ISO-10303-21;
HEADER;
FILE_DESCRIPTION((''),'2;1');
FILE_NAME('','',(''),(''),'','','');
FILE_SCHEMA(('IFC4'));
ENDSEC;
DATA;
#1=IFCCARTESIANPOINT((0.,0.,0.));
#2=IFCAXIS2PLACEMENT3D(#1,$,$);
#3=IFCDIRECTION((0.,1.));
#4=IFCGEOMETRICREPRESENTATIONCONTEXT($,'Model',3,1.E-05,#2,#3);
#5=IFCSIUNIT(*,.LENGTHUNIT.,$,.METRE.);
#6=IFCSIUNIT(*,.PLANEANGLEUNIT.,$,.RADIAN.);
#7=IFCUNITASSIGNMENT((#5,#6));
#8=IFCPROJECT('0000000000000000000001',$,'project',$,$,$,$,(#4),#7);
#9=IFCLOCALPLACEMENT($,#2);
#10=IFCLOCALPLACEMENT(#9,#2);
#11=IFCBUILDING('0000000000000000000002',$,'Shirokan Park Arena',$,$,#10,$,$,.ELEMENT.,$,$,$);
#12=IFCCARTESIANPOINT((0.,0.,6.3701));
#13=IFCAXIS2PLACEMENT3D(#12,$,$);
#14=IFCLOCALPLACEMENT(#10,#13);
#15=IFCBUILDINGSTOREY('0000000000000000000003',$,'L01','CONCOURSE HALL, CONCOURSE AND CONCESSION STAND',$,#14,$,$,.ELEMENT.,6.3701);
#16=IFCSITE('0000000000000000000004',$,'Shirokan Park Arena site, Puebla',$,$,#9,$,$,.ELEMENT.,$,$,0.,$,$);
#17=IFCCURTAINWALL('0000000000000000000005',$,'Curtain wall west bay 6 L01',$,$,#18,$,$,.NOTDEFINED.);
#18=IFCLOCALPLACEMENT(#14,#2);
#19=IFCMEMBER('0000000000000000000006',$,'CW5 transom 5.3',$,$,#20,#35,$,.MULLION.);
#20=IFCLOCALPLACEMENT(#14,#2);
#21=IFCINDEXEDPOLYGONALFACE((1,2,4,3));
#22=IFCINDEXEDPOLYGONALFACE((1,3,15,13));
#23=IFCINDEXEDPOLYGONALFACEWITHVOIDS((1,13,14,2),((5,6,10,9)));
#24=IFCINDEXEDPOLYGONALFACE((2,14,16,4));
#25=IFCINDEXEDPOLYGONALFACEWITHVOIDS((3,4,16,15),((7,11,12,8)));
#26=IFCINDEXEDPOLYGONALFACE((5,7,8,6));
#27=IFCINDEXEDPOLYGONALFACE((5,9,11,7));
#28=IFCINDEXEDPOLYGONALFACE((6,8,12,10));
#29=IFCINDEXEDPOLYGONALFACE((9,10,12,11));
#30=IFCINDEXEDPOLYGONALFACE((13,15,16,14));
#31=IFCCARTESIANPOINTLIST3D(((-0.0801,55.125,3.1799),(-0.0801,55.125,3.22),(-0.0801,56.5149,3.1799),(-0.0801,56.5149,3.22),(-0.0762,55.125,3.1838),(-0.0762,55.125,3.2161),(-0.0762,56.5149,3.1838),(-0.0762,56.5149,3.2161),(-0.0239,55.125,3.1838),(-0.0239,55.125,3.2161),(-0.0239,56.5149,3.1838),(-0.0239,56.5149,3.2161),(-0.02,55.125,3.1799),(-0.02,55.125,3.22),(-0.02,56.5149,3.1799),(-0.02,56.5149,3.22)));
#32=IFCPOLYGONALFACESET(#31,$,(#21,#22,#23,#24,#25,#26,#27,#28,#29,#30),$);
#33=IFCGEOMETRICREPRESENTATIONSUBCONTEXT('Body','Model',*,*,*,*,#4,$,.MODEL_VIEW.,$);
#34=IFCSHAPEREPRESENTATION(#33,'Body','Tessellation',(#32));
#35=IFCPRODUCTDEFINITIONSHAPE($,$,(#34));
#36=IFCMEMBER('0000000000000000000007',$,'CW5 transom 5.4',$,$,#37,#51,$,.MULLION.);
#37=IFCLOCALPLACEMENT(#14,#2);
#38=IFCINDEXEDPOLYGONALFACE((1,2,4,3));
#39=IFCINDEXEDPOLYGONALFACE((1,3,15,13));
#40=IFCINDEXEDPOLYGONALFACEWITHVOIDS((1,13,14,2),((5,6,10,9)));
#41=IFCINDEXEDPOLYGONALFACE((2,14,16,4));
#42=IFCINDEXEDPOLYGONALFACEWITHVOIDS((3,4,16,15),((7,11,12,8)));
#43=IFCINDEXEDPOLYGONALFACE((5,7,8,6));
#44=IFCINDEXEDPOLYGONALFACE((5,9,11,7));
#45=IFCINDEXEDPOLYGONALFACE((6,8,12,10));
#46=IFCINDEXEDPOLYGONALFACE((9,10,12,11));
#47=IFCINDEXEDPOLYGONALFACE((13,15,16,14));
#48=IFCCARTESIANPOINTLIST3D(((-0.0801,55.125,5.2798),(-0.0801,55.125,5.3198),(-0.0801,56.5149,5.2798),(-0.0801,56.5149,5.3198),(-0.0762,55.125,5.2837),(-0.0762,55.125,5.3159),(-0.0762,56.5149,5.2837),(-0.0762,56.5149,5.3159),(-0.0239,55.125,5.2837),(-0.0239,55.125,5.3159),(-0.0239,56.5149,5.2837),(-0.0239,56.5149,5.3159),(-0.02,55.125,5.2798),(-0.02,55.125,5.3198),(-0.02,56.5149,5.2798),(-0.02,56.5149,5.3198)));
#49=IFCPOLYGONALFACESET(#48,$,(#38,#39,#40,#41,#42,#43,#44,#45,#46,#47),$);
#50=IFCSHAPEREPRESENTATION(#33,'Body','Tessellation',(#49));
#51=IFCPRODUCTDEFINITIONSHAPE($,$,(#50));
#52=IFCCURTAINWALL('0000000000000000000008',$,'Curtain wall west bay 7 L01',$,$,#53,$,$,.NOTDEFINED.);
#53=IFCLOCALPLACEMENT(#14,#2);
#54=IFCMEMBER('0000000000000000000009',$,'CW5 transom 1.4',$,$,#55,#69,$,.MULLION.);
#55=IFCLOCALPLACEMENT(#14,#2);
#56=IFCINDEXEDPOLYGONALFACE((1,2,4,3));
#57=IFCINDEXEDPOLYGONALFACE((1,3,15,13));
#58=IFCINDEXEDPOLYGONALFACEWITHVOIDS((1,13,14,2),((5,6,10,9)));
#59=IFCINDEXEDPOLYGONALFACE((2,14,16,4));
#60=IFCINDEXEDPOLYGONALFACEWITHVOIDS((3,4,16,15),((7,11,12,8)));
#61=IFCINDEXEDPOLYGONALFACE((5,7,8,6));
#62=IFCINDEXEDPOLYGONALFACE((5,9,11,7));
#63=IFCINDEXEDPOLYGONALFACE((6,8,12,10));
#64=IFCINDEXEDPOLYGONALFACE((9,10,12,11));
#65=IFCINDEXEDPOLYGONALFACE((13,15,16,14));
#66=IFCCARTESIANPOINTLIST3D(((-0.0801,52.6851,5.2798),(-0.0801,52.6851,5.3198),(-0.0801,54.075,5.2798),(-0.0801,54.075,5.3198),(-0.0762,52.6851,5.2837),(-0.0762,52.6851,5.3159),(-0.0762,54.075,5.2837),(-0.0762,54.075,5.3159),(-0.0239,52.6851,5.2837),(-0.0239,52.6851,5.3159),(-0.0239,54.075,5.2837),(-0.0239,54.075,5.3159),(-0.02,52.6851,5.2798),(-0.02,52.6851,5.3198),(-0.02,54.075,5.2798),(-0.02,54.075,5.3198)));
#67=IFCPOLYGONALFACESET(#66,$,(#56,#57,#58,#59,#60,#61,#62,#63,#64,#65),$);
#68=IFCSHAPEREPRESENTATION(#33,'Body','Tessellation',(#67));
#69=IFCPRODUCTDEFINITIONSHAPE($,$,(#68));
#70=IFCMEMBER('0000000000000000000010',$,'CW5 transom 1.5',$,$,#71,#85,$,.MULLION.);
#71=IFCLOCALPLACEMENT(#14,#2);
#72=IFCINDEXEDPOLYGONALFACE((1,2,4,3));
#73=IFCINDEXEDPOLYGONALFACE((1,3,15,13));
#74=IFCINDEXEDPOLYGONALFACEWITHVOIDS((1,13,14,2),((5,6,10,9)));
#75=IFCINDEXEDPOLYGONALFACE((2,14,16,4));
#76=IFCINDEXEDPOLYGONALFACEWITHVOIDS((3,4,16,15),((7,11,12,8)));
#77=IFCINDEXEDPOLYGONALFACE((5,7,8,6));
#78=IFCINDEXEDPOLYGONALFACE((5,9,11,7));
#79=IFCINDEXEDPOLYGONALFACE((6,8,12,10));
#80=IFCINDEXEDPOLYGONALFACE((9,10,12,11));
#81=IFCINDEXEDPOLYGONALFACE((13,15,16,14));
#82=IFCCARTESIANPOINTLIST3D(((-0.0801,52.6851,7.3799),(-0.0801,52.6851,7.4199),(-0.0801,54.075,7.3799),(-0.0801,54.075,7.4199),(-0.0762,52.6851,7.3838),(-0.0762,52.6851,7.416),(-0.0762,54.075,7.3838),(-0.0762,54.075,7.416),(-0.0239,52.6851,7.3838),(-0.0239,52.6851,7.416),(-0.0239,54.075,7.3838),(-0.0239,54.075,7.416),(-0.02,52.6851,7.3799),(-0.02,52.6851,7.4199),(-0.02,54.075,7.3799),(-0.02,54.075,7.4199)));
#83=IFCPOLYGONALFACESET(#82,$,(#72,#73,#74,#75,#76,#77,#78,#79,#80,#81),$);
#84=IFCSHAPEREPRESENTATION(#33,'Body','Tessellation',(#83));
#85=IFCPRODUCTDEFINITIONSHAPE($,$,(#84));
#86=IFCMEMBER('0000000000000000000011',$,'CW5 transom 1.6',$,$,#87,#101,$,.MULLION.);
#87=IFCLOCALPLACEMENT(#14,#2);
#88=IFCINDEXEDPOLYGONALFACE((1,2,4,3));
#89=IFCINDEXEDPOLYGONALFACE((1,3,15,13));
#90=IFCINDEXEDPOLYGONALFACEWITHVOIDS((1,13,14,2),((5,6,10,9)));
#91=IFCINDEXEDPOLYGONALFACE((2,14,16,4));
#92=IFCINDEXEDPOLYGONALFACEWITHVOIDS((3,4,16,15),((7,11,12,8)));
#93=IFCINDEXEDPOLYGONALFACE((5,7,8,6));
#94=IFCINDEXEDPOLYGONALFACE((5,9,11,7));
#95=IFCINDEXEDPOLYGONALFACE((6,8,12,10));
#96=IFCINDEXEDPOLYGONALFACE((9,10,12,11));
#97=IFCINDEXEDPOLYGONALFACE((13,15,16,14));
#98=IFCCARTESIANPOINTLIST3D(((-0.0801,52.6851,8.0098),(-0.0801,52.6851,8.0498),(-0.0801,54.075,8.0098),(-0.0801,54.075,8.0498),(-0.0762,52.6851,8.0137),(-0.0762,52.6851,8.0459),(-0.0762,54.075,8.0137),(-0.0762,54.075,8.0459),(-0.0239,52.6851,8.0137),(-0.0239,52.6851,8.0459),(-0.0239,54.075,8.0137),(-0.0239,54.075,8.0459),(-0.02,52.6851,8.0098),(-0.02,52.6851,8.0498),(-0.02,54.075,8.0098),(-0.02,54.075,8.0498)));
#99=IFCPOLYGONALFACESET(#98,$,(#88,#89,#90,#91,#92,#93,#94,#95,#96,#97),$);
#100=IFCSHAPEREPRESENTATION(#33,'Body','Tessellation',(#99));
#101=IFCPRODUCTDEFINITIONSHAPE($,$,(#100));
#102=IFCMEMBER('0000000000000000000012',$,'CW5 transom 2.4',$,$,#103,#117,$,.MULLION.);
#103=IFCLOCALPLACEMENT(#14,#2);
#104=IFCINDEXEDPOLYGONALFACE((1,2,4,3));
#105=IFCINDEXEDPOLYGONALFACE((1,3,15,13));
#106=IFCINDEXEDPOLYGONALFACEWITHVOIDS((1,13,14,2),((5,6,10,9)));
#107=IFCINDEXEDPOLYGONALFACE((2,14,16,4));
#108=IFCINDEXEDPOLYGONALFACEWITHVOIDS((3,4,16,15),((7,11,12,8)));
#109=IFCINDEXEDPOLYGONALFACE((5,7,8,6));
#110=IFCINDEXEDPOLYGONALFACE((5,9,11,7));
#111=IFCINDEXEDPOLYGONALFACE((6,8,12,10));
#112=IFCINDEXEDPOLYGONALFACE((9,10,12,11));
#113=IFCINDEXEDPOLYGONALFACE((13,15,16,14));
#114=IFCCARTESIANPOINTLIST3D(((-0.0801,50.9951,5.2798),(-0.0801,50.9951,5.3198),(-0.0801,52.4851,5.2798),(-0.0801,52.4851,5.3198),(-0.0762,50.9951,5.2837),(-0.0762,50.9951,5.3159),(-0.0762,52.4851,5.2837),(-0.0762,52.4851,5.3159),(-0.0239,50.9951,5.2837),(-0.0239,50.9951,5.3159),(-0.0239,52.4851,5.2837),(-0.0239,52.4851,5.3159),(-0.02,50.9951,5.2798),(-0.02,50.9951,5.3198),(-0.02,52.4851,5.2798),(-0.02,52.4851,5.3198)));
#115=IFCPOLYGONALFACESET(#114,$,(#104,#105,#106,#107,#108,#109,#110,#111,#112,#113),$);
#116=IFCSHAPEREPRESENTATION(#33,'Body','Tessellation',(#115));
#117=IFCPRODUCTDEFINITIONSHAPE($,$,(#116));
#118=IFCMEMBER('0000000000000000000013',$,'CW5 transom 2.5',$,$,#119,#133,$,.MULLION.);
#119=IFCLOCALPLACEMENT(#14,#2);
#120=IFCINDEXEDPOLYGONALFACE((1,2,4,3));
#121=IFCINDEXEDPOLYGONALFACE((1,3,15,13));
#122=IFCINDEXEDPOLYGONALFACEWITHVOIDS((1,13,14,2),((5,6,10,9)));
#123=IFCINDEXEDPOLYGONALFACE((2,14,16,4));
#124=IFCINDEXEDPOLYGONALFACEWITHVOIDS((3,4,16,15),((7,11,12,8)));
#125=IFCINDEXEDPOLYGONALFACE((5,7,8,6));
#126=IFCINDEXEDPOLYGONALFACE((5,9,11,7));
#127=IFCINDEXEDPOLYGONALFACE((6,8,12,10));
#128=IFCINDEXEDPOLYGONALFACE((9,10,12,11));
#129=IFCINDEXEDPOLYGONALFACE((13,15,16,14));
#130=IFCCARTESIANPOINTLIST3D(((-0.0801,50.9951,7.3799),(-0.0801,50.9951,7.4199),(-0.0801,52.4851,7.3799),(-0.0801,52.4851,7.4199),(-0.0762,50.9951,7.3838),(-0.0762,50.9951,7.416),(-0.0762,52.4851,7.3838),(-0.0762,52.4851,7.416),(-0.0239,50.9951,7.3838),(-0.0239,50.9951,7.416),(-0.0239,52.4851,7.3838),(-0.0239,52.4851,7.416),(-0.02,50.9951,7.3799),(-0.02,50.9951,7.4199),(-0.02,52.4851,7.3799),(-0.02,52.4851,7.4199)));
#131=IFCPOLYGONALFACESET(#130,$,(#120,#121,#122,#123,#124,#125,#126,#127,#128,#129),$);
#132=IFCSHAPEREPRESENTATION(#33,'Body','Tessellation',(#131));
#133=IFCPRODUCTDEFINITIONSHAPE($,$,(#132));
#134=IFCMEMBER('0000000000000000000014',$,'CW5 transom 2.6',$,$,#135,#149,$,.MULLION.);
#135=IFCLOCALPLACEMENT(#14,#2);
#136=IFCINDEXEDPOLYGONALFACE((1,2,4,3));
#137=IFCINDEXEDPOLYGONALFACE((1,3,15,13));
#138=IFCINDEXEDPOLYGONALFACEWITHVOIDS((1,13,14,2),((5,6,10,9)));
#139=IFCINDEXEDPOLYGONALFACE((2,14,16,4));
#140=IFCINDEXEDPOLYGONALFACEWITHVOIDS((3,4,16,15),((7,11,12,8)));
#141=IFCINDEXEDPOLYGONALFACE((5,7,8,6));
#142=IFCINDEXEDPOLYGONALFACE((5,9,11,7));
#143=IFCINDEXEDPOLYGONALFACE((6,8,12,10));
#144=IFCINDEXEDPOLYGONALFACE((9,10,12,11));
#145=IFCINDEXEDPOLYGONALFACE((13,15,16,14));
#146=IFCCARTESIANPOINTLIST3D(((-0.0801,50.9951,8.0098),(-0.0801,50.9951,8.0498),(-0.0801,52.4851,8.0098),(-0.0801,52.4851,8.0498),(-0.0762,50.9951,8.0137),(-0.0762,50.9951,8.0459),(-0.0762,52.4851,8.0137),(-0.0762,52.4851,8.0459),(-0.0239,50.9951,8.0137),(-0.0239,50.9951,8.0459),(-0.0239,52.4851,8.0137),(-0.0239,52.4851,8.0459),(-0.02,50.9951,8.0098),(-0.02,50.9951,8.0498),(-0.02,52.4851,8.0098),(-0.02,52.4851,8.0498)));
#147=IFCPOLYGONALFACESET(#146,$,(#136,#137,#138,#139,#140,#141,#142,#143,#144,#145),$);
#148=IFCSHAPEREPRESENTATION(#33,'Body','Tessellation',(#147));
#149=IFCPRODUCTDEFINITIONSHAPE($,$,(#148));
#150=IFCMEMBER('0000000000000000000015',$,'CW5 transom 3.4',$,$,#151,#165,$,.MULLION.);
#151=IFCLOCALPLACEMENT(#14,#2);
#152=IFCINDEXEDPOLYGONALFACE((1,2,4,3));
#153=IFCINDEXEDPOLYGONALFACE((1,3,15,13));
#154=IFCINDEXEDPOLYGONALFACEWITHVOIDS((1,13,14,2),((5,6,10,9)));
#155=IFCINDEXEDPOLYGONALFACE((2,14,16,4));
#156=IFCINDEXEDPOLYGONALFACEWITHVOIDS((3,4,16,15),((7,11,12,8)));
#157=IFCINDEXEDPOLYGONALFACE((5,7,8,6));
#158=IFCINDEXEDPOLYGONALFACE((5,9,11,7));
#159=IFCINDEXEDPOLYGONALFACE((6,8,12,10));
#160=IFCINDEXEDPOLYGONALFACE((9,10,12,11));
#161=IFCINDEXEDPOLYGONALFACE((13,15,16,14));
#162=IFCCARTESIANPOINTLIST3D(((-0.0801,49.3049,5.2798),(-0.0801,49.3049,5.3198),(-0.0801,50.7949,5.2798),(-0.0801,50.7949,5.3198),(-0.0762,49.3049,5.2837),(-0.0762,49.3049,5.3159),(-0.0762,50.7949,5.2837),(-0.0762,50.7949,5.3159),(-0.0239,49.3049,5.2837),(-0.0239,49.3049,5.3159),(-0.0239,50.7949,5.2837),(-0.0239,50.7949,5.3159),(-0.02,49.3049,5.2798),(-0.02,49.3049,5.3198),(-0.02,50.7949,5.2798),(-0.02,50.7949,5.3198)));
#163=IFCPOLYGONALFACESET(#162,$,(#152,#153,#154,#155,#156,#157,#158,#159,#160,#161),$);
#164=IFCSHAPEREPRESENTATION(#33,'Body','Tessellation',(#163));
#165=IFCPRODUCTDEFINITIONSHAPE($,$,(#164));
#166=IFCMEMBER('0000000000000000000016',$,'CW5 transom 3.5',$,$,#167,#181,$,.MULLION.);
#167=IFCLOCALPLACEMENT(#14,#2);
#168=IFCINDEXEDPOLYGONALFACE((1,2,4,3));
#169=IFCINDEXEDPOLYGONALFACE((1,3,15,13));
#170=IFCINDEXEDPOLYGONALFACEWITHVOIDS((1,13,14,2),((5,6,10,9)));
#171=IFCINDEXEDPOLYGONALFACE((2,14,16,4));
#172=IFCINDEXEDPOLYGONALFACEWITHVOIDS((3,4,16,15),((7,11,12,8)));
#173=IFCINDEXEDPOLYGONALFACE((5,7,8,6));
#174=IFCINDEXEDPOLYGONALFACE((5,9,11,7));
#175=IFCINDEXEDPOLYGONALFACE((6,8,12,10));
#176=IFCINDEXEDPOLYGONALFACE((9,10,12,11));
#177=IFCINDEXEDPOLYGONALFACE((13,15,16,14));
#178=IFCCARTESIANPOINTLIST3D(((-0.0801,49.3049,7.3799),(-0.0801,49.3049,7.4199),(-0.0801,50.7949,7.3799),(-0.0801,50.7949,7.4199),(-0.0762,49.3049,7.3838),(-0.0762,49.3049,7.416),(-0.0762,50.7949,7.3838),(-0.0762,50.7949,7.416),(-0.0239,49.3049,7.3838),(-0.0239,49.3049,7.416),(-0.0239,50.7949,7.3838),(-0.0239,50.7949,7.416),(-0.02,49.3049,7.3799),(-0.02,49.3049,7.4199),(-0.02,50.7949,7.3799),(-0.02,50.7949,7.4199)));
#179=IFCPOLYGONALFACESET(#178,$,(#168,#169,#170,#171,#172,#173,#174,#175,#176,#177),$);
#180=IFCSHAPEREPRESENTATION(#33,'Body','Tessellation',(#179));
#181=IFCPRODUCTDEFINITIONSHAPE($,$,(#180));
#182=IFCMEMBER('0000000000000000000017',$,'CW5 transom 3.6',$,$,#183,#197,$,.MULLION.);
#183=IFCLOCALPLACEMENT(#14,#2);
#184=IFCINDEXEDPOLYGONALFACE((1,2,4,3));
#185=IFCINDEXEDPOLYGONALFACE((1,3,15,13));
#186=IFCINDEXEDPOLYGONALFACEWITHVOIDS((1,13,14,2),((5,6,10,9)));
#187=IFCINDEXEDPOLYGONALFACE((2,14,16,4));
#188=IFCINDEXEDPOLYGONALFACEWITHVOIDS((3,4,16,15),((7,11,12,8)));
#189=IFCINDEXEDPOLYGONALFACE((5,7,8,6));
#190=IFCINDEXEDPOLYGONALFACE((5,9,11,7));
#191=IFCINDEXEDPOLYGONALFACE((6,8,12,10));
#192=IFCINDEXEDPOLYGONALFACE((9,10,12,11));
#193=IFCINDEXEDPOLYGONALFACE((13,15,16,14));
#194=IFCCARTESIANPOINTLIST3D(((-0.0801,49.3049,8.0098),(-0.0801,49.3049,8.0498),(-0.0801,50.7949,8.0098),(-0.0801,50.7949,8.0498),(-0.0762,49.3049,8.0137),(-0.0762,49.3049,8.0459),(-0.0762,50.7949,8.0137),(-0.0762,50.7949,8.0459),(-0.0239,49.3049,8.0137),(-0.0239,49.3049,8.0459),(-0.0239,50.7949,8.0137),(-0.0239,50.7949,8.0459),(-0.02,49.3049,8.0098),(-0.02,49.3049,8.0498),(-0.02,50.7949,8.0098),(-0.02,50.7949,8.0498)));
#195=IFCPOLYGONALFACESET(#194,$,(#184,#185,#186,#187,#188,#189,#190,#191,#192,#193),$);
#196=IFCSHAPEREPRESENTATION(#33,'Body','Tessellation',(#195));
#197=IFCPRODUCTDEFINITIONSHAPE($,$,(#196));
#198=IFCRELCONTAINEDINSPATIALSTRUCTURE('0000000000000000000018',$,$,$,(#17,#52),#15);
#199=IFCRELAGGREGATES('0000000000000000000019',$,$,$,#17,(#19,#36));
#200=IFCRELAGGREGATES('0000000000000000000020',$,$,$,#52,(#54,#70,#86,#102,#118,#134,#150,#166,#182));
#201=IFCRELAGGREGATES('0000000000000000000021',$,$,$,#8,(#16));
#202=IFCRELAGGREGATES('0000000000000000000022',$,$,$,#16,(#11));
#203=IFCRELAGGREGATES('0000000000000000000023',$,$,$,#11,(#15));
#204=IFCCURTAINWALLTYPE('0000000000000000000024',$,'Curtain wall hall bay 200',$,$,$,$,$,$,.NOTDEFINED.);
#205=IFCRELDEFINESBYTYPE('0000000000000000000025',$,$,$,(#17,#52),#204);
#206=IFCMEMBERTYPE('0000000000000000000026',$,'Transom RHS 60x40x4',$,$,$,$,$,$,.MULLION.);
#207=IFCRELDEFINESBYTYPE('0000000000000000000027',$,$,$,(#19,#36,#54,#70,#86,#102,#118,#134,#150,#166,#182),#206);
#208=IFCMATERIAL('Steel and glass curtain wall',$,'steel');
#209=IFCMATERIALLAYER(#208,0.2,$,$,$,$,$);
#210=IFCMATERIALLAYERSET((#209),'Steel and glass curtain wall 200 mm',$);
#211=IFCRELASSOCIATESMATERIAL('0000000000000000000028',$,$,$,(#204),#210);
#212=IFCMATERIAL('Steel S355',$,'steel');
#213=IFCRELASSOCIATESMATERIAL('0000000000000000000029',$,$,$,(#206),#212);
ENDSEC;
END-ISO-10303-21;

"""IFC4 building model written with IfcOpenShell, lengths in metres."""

from ifc_helpers import new_model, si_unit, direction, frame, origin, origin_2d, place, context, subcontext, project, spatial, hollow_rectangle, extrude, material, layer, layer_set, material_profile, profile_set, type_object, element, aggregate, save


model = new_model("IFC4")

# Units and contexts
model_context = context("Model", 3, precision=1e-05, world=origin(), true_north=direction((0.0, 1.0)))
body_context = subcontext(model_context, "Body", "Model", "MODEL_VIEW")
ifc_project = project(units=[si_unit("LENGTHUNIT", "METRE"), si_unit("PLANEANGLEUNIT", "RADIAN")], contexts=[model_context])

# Site, building, storey
site_placement = place(None, origin())
site = spatial("IfcSite", under=ifc_project, at=site_placement, Name="Shirokan Park Arena site, Puebla", CompositionType="ELEMENT", RefElevation=0.0)
building_placement = place(site_placement, origin())
building = spatial("IfcBuilding", under=site, at=building_placement, Name="Shirokan Park Arena", CompositionType="ELEMENT")
storey_placement = place(building_placement, frame((0.0, 0.0, 6.3701)))
storey = spatial("IfcBuildingStorey", under=building, at=storey_placement, Name="L01", Description="CONCOURSE HALL, CONCOURSE AND CONCESSION STAND", CompositionType="ELEMENT", Elevation=6.3701)

# Curtain walls, members
ifc_material_1 = material(Name="Steel and glass curtain wall", Category="steel")
ifc_layer_1 = layer(ifc_material_1, 0.2)
ifc_layer_set_1 = layer_set([ifc_layer_1], Name="Steel and glass curtain wall 200 mm")
curtain_wall_type = type_object("IfcCurtainWallType", Name="Curtain wall hall bay 200", PredefinedType="NOTDEFINED", material=ifc_layer_set_1)
curtain_wall_1_placement = place(storey_placement, origin())
curtain_wall_1 = element("IfcCurtainWall", 1, at=curtain_wall_1_placement, inside=storey, type_object=curtain_wall_type, Name="Curtain wall west bay 6 L01", PredefinedType="NOTDEFINED")
ifc_material_2 = material(Name="Steel S355", Category="steel")
ifc_material_profile = material_profile(ifc_material_2, hollow_rectangle(XDim=0.0601, YDim=0.04, WallThickness=0.0039, at=origin_2d()), Name="RHS 60x40x4")
ifc_profile_set = profile_set([ifc_material_profile], Name="Steel S355")
member_type = type_object("IfcMemberType", Name="Transom RHS 60x40x4", PredefinedType="MULLION", material=ifc_profile_set)
member_1_placement = place(storey_placement, frame((-0.05, 56.5149, 3.2), z_axis=(0.0, -1.0, 0.0), x_axis=(1.0, 0.0, 0.0)))
member_1 = element("IfcMember", 2, at=member_1_placement, type_object=member_type, Name="CW5 transom 5.3", PredefinedType="MULLION", context=body_context, shape_type="SweptSolid", body=[
    extrude(hollow_rectangle(XDim=0.0601, YDim=0.04, WallThickness=0.0039, at=origin_2d()), origin(), (0.0, 0.0, 1.0), 1.3899),
])
member_2_placement = place(storey_placement, frame((-0.05, 56.5149, 5.2998), z_axis=(0.0, -1.0, 0.0), x_axis=(1.0, 0.0, 0.0)))
member_2 = element("IfcMember", 3, at=member_2_placement, type_object=member_type, Name="CW5 transom 5.4", PredefinedType="MULLION", context=body_context, shape_type="SweptSolid", body=[
    extrude(hollow_rectangle(XDim=0.0601, YDim=0.04, WallThickness=0.0039, at=origin_2d()), origin(), (0.0, 0.0, 1.0), 1.3899),
])
curtain_wall_2_placement = place(storey_placement, origin())
curtain_wall_2 = element("IfcCurtainWall", 4, at=curtain_wall_2_placement, inside=storey, type_object=curtain_wall_type, Name="Curtain wall west bay 7 L01", PredefinedType="NOTDEFINED")
member_3_placement = place(storey_placement, frame((-0.05, 54.075, 5.2998), z_axis=(0.0, -1.0, 0.0), x_axis=(1.0, 0.0, 0.0)))
member_3 = element("IfcMember", 5, at=member_3_placement, type_object=member_type, Name="CW5 transom 1.4", PredefinedType="MULLION", context=body_context, shape_type="SweptSolid", body=[
    extrude(hollow_rectangle(XDim=0.0601, YDim=0.04, WallThickness=0.0039, at=origin_2d()), origin(), (0.0, 0.0, 1.0), 1.3899),
])
member_4_placement = place(storey_placement, frame((-0.05, 54.075, 7.3999), z_axis=(0.0, -1.0, 0.0), x_axis=(1.0, 0.0, 0.0)))
member_4 = element("IfcMember", 6, at=member_4_placement, type_object=member_type, Name="CW5 transom 1.5", PredefinedType="MULLION", context=body_context, shape_type="SweptSolid", body=[
    extrude(hollow_rectangle(XDim=0.0601, YDim=0.04, WallThickness=0.0039, at=origin_2d()), origin(), (0.0, 0.0, 1.0), 1.3899),
])
member_5_placement = place(storey_placement, frame((-0.05, 54.075, 8.0298), z_axis=(0.0, -1.0, 0.0), x_axis=(1.0, 0.0, 0.0)))
member_5 = element("IfcMember", 7, at=member_5_placement, type_object=member_type, Name="CW5 transom 1.6", PredefinedType="MULLION", context=body_context, shape_type="SweptSolid", body=[
    extrude(hollow_rectangle(XDim=0.0601, YDim=0.04, WallThickness=0.0039, at=origin_2d()), origin(), (0.0, 0.0, 1.0), 1.3899),
])
member_6_placement = place(storey_placement, frame((-0.05, 52.4851, 5.2998), z_axis=(0.0, -1.0, 0.0), x_axis=(1.0, 0.0, 0.0)))
member_6 = element("IfcMember", 8, at=member_6_placement, type_object=member_type, Name="CW5 transom 2.4", PredefinedType="MULLION", context=body_context, shape_type="SweptSolid", body=[
    extrude(hollow_rectangle(XDim=0.0601, YDim=0.04, WallThickness=0.0039, at=origin_2d()), origin(), (0.0, 0.0, 1.0), 1.49),
])
member_7_placement = place(storey_placement, frame((-0.05, 52.4851, 7.3999), z_axis=(0.0, -1.0, 0.0), x_axis=(1.0, 0.0, 0.0)))
member_7 = element("IfcMember", 9, at=member_7_placement, type_object=member_type, Name="CW5 transom 2.5", PredefinedType="MULLION", context=body_context, shape_type="SweptSolid", body=[
    extrude(hollow_rectangle(XDim=0.0601, YDim=0.04, WallThickness=0.0039, at=origin_2d()), origin(), (0.0, 0.0, 1.0), 1.49),
])
member_8_placement = place(storey_placement, frame((-0.05, 52.4851, 8.0298), z_axis=(0.0, -1.0, 0.0), x_axis=(1.0, 0.0, 0.0)))
member_8 = element("IfcMember", 10, at=member_8_placement, type_object=member_type, Name="CW5 transom 2.6", PredefinedType="MULLION", context=body_context, shape_type="SweptSolid", body=[
    extrude(hollow_rectangle(XDim=0.0601, YDim=0.04, WallThickness=0.0039, at=origin_2d()), origin(), (0.0, 0.0, 1.0), 1.49),
])
member_9_placement = place(storey_placement, frame((-0.05, 50.7949, 5.2998), z_axis=(0.0, -1.0, 0.0), x_axis=(1.0, 0.0, 0.0)))
member_9 = element("IfcMember", 11, at=member_9_placement, type_object=member_type, Name="CW5 transom 3.4", PredefinedType="MULLION", context=body_context, shape_type="SweptSolid", body=[
    extrude(hollow_rectangle(XDim=0.0601, YDim=0.04, WallThickness=0.0039, at=origin_2d()), origin(), (0.0, 0.0, 1.0), 1.49),
])
member_10_placement = place(storey_placement, frame((-0.05, 50.7949, 7.3999), z_axis=(0.0, -1.0, 0.0), x_axis=(1.0, 0.0, 0.0)))
member_10 = element("IfcMember", 12, at=member_10_placement, type_object=member_type, Name="CW5 transom 3.5", PredefinedType="MULLION", context=body_context, shape_type="SweptSolid", body=[
    extrude(hollow_rectangle(XDim=0.0601, YDim=0.04, WallThickness=0.0039, at=origin_2d()), origin(), (0.0, 0.0, 1.0), 1.49),
])
member_11_placement = place(storey_placement, frame((-0.05, 50.7949, 8.0298), z_axis=(0.0, -1.0, 0.0), x_axis=(1.0, 0.0, 0.0)))
member_11 = element("IfcMember", 13, at=member_11_placement, type_object=member_type, Name="CW5 transom 3.6", PredefinedType="MULLION", context=body_context, shape_type="SweptSolid", body=[
    extrude(hollow_rectangle(XDim=0.0601, YDim=0.04, WallThickness=0.0039, at=origin_2d()), origin(), (0.0, 0.0, 1.0), 1.49),
])

aggregate(curtain_wall_1, [member_1, member_2])
aggregate(curtain_wall_2, [member_3, member_4, member_5, member_6, member_7, member_8, member_9, member_10, member_11])

save(model, "model.ifc")
